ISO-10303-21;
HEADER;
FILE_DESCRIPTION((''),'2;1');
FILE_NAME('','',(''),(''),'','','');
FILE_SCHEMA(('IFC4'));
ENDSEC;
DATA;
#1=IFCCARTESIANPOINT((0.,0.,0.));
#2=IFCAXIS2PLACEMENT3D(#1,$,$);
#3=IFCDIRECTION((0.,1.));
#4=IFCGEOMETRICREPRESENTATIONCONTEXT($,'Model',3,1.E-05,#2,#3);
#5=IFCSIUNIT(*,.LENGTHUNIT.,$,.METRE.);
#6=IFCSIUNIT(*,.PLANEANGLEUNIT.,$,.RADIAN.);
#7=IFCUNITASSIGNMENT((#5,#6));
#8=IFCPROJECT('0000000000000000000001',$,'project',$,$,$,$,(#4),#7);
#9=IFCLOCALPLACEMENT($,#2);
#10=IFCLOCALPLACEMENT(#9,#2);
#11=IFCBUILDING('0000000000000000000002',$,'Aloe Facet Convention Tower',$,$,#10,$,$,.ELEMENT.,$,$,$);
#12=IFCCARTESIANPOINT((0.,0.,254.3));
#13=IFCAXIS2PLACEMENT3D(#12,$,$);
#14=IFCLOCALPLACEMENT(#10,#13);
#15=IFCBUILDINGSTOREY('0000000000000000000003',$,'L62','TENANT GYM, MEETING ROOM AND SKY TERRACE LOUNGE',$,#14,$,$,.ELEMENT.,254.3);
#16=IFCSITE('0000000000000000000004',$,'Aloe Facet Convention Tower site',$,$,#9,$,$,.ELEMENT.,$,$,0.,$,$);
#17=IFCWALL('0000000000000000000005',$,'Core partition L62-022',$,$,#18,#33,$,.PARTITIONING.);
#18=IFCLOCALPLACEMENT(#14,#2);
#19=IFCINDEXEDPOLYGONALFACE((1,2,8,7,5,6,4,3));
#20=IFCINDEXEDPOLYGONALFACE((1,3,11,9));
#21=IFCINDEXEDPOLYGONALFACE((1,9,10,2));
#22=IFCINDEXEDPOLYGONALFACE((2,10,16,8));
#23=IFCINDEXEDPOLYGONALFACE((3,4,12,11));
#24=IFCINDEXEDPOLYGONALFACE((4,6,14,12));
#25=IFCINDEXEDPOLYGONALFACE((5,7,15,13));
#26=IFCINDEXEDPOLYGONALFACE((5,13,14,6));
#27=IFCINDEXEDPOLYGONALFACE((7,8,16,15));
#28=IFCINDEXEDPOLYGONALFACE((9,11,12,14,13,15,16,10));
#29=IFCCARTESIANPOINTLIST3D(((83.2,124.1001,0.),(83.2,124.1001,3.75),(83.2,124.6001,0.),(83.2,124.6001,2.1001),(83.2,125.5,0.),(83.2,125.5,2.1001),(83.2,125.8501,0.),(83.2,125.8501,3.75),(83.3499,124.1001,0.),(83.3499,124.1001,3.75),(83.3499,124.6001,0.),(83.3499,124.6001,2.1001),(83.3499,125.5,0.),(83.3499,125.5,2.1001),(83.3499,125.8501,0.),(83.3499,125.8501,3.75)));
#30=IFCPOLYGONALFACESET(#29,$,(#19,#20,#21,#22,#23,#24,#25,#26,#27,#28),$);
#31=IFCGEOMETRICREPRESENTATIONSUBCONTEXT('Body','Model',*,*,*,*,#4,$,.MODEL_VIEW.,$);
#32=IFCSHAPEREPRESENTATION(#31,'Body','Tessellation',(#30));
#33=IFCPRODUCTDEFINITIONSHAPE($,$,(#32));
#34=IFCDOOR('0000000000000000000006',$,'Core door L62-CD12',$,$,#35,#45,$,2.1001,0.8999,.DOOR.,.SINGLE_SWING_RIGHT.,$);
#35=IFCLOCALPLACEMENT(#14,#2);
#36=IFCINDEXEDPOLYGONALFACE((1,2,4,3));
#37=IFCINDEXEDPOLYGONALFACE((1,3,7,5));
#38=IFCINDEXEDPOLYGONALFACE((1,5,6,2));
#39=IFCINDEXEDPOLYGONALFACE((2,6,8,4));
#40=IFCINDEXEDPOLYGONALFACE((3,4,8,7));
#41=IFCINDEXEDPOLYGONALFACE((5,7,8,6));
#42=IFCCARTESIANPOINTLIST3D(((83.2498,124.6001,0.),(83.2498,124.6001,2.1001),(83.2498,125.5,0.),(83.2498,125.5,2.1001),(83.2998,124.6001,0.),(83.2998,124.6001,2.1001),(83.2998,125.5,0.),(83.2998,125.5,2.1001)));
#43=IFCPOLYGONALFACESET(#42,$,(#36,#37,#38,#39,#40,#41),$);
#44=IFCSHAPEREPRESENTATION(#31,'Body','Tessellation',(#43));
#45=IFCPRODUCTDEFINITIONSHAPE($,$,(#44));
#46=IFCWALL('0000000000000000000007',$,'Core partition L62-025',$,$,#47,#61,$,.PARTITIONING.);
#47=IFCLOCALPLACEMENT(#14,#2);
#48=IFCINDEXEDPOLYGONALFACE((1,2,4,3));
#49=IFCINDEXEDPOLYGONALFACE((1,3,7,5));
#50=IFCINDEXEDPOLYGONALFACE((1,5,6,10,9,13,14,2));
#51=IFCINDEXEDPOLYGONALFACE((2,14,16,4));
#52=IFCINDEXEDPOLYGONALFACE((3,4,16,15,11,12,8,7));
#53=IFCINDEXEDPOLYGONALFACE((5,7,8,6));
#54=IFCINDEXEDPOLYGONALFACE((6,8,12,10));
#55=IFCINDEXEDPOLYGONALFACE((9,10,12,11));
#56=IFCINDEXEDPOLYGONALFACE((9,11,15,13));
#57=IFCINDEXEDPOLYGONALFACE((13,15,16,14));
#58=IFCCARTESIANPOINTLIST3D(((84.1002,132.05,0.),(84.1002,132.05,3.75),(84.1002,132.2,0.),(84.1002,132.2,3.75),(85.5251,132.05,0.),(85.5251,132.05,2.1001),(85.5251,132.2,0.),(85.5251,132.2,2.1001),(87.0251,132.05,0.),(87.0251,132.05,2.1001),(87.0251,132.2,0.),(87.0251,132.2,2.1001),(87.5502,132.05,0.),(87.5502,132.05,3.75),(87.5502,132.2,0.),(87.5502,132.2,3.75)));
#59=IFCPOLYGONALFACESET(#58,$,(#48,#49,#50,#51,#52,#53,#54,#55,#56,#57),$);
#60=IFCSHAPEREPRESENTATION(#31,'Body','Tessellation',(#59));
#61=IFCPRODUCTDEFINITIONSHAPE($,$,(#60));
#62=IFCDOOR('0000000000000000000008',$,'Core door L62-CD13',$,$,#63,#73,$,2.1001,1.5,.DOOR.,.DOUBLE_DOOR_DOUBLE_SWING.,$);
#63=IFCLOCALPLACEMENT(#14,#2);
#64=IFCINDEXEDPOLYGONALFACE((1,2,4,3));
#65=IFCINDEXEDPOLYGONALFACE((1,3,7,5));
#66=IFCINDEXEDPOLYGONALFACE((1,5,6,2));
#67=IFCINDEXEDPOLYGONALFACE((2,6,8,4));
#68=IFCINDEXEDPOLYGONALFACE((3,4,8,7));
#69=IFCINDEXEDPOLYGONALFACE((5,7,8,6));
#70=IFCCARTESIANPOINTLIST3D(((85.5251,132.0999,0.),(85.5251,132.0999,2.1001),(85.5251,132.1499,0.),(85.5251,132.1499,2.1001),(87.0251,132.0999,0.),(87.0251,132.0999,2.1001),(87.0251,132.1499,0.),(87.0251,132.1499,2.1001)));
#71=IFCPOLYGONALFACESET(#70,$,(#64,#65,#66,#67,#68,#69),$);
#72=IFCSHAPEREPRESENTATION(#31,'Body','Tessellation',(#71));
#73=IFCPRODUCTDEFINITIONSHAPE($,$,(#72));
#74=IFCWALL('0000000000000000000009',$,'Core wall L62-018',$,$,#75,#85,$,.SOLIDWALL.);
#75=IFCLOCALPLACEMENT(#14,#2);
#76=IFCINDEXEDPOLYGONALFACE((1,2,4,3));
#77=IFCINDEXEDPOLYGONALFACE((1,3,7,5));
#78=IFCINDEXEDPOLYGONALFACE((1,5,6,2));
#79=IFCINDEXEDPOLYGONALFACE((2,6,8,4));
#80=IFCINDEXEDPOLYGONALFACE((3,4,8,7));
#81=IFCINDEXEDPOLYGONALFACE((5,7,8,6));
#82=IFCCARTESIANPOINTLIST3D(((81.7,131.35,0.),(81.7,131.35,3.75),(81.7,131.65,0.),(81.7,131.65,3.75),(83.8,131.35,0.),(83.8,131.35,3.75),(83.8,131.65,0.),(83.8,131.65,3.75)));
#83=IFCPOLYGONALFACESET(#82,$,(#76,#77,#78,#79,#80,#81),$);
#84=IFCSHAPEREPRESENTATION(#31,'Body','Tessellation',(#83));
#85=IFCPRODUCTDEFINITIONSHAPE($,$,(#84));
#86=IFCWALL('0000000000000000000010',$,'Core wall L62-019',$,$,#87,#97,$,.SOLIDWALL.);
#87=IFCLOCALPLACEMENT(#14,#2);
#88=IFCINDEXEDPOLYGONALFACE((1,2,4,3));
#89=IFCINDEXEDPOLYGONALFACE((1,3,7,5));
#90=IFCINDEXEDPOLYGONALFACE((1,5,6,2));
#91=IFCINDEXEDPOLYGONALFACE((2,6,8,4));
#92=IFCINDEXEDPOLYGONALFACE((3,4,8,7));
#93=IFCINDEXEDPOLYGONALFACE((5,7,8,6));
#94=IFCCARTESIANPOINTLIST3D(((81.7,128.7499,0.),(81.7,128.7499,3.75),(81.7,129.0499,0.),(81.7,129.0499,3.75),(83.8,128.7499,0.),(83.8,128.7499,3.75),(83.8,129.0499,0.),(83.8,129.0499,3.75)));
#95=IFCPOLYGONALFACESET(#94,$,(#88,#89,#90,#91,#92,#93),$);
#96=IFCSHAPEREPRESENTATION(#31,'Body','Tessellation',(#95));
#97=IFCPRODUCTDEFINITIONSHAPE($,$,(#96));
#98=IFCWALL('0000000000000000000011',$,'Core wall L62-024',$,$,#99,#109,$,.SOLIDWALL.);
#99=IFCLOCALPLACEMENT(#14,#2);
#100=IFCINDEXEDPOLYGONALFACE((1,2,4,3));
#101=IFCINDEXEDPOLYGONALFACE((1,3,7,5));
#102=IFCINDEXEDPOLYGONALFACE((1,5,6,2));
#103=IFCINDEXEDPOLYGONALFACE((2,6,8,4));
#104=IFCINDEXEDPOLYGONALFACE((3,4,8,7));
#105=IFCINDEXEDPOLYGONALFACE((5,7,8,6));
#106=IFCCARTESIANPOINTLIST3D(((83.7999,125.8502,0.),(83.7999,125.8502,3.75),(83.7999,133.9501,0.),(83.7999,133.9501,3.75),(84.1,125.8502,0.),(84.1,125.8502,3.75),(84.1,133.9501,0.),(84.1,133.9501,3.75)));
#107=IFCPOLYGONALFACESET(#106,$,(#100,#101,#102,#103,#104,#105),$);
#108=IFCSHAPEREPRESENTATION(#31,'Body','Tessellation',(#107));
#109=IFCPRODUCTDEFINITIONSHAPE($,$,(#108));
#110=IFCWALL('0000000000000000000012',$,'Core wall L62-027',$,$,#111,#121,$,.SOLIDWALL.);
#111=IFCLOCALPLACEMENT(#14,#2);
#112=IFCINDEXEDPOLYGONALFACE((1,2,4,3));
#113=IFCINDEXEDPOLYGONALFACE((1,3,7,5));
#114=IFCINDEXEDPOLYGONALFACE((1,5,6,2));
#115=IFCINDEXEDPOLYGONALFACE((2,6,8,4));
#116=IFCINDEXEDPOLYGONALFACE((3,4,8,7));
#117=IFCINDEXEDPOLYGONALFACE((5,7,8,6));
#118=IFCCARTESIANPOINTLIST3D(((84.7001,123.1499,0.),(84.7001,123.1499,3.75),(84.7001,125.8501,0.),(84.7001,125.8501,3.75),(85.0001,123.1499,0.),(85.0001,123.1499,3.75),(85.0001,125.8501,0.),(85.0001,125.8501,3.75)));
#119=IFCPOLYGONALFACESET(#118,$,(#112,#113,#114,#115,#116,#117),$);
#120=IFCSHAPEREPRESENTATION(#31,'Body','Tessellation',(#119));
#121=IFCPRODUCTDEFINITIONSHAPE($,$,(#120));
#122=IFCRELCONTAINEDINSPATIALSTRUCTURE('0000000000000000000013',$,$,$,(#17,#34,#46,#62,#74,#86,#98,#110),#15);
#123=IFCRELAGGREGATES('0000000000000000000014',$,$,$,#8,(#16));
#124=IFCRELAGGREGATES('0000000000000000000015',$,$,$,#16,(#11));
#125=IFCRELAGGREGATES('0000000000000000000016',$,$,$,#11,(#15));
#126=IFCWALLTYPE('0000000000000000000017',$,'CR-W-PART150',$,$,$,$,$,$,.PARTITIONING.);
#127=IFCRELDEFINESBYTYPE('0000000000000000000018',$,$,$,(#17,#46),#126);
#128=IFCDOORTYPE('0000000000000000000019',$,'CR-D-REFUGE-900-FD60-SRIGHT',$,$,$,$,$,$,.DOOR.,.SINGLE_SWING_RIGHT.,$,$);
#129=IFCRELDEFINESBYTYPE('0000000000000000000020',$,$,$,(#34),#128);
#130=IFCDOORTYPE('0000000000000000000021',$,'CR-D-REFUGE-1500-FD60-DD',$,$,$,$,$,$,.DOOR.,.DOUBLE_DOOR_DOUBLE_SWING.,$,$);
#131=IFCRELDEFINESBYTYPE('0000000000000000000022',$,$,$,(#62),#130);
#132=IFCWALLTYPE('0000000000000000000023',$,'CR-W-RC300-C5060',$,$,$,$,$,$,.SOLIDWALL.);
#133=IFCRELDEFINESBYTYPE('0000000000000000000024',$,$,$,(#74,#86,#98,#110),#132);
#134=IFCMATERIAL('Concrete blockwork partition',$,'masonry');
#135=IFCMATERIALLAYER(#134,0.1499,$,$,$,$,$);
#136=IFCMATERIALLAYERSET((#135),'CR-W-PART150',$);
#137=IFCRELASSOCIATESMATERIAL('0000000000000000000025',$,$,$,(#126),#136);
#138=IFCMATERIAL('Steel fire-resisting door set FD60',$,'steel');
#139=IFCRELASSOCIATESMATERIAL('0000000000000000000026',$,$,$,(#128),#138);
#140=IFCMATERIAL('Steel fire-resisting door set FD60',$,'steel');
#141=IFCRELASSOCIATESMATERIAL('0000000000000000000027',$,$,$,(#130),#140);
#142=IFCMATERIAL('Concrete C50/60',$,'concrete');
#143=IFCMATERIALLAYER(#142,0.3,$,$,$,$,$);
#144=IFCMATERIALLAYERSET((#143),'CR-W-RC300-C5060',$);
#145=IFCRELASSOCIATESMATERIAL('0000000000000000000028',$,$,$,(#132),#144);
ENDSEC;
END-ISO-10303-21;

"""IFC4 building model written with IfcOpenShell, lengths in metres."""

from ifc_helpers import new_model, si_unit, direction, frame, frame_2d, origin, place, context, subcontext, project, spatial, rectangle, extrude, material, layer, layer_set, type_object, element, fill, save


model = new_model("IFC4")

# Units and contexts
model_context = context("Model", 3, precision=1e-05, world=origin(), true_north=direction((0.0, 1.0)))
body_context = subcontext(model_context, "Body", "Model", "MODEL_VIEW")
ifc_project = project(units=[si_unit("LENGTHUNIT", "METRE"), si_unit("PLANEANGLEUNIT", "RADIAN")], contexts=[model_context])

# Site, building, storey
site_placement = place(None, origin())
site = spatial("IfcSite", under=ifc_project, at=site_placement, Name="Aloe Facet Convention Tower site", CompositionType="ELEMENT", RefElevation=0.0)
building_placement = place(site_placement, origin())
building = spatial("IfcBuilding", under=site, at=building_placement, Name="Aloe Facet Convention Tower", CompositionType="ELEMENT")
storey_placement = place(building_placement, frame((0.0, 0.0, 254.3)))
storey = spatial("IfcBuildingStorey", under=building, at=storey_placement, Name="L62", Description="TENANT GYM, MEETING ROOM AND SKY TERRACE LOUNGE", CompositionType="ELEMENT", Elevation=254.3)

# Walls, openings, doors
ifc_material_1 = material(Name="Concrete blockwork partition", Category="masonry")
ifc_layer_1 = layer(ifc_material_1, 0.1499)
ifc_layer_set_1 = layer_set([ifc_layer_1], Name="CR-W-PART150")
wall_type_1 = type_object("IfcWallType", Name="CR-W-PART150", PredefinedType="PARTITIONING", material=ifc_layer_set_1)
wall_1_placement = place(storey_placement, frame((83.2749, 125.8501, 0.0), z_axis=(0.0, 0.0, 1.0), x_axis=(0.0, -1.0, 0.0)))
wall_1 = element("IfcWall", 1, at=wall_1_placement, inside=storey, type_object=wall_type_1, Name="Core partition L62-022", PredefinedType="PARTITIONING", context=body_context, shape_type="SweptSolid", body=[
    extrude(rectangle(XDim=1.75, YDim=0.1499, at=frame_2d((0.875, 0.0))), origin(), (0.0, 0.0, 1.0), 3.75),
])
opening_1_placement = place(wall_1_placement, frame((0.3501, 0.0, 0.0)))
opening_1 = element("IfcOpeningElement", 2, at=opening_1_placement, cuts=wall_1, PredefinedType="OPENING", context=body_context, shape_type="SweptSolid", body=[
    extrude(rectangle(XDim=0.8999, YDim=2.1001, at=frame_2d((0.45, 1.05))), frame((0.0, 0.085, 0.0), z_axis=(0.0, -1.0, 0.0), x_axis=(1.0, 0.0, 0.0)), (0.0, 0.0, 1.0), 0.1699),
])
ifc_material_2 = material(Name="Steel fire-resisting door set FD60", Category="steel")
door_type_1 = type_object("IfcDoorType", Name="CR-D-REFUGE-900-FD60-SRIGHT", OperationType="SINGLE_SWING_RIGHT", PredefinedType="DOOR", material=ifc_material_2)
door_1_placement = place(opening_1_placement, origin())
door_1 = element("IfcDoor", 3, at=door_1_placement, inside=storey, type_object=door_type_1, Name="Core door L62-CD12", OperationType="SINGLE_SWING_RIGHT", OverallHeight=2.1001, OverallWidth=0.8999, PredefinedType="DOOR", context=body_context, shape_type="SweptSolid", body=[
    extrude(rectangle(XDim=0.8999, YDim=2.1001, at=frame_2d((0.45, 1.05))), frame((0.0, 0.0249, 0.0), z_axis=(0.0, -1.0, 0.0), x_axis=(1.0, 0.0, 0.0)), (0.0, 0.0, 1.0), 0.05),
])
fill(opening_1, door_1)
wall_2_placement = place(storey_placement, frame((84.1001, 132.125, 0.0), z_axis=(0.0, 0.0, 1.0), x_axis=(1.0, 0.0, 0.0)))
wall_2 = element("IfcWall", 4, at=wall_2_placement, inside=storey, type_object=wall_type_1, Name="Core partition L62-025", PredefinedType="PARTITIONING", context=body_context, shape_type="SweptSolid", body=[
    extrude(rectangle(XDim=3.45, YDim=0.1499, at=frame_2d((1.7251, 0.0))), origin(), (0.0, 0.0, 1.0), 3.75),
])
opening_2_placement = place(wall_2_placement, frame((1.425, 0.0, 0.0)))
opening_2 = element("IfcOpeningElement", 5, at=opening_2_placement, cuts=wall_2, PredefinedType="OPENING", context=body_context, shape_type="SweptSolid", body=[
    extrude(rectangle(XDim=1.5, YDim=2.1001, at=frame_2d((0.75, 1.05))), frame((0.0, 0.085, 0.0), z_axis=(0.0, -1.0, 0.0), x_axis=(1.0, 0.0, 0.0)), (0.0, 0.0, 1.0), 0.1699),
])
ifc_material_3 = material(Name="Steel fire-resisting door set FD60", Category="steel")
door_type_2 = type_object("IfcDoorType", Name="CR-D-REFUGE-1500-FD60-DD", OperationType="DOUBLE_DOOR_DOUBLE_SWING", PredefinedType="DOOR", material=ifc_material_3)
door_2_placement = place(opening_2_placement, origin())
door_2 = element("IfcDoor", 6, at=door_2_placement, inside=storey, type_object=door_type_2, Name="Core door L62-CD13", OperationType="DOUBLE_DOOR_DOUBLE_SWING", OverallHeight=2.1001, OverallWidth=1.5, PredefinedType="DOOR", context=body_context, shape_type="SweptSolid", body=[
    extrude(rectangle(XDim=1.5, YDim=2.1001, at=frame_2d((0.75, 1.05))), frame((0.0, 0.0249, 0.0), z_axis=(0.0, -1.0, 0.0), x_axis=(1.0, 0.0, 0.0)), (0.0, 0.0, 1.0), 0.05),
])
fill(opening_2, door_2)

# Walls
ifc_material_4 = material(Name="Concrete C50/60", Category="concrete")
ifc_layer_2 = layer(ifc_material_4, 0.3)
ifc_layer_set_2 = layer_set([ifc_layer_2], Name="CR-W-RC300-C5060")
wall_type_2 = type_object("IfcWallType", Name="CR-W-RC300-C5060", PredefinedType="SOLIDWALL", material=ifc_layer_set_2)
for number, where, z_axis, x_axis, name in (
    (7, (81.7, 131.5, 0.0), (0.0, 0.0, 1.0), (1.0, 0.0, 0.0), "Core wall L62-018"),
    (8, (81.7, 128.8999, 0.0), (0.0, 0.0, 1.0), (1.0, 0.0, 0.0), "Core wall L62-019"),
):
    element("IfcWall", number, at=place(storey_placement, frame(where, z_axis=z_axis, x_axis=x_axis)), inside=storey, type_object=wall_type_2, Name=name, PredefinedType="SOLIDWALL", context=body_context, shape_type="SweptSolid", body=[
        extrude(rectangle(XDim=2.1001, YDim=0.3, at=frame_2d((1.05, 0.0))), origin(), (0.0, 0.0, 1.0), 3.75),
    ])
wall_3_placement = place(storey_placement, frame((83.95, 133.95, 0.0), z_axis=(0.0, 0.0, 1.0), x_axis=(0.0, -1.0, 0.0)))
element("IfcWall", 9, at=wall_3_placement, inside=storey, type_object=wall_type_2, Name="Core wall L62-024", PredefinedType="SOLIDWALL", context=body_context, shape_type="SweptSolid", body=[
    extrude(rectangle(XDim=8.0999, YDim=0.3, at=frame_2d((4.0498, 0.0))), origin(), (0.0, 0.0, 1.0), 3.75),
])
wall_4_placement = place(storey_placement, frame((84.8501, 125.8501, 0.0), z_axis=(0.0, 0.0, 1.0), x_axis=(0.0, -1.0, 0.0)))
element("IfcWall", 10, at=wall_4_placement, inside=storey, type_object=wall_type_2, Name="Core wall L62-027", PredefinedType="SOLIDWALL", context=body_context, shape_type="SweptSolid", body=[
    extrude(rectangle(XDim=2.7002, YDim=0.3, at=frame_2d((1.3501, 0.0))), origin(), (0.0, 0.0, 1.0), 3.75),
])

save(model, "model.ifc")
